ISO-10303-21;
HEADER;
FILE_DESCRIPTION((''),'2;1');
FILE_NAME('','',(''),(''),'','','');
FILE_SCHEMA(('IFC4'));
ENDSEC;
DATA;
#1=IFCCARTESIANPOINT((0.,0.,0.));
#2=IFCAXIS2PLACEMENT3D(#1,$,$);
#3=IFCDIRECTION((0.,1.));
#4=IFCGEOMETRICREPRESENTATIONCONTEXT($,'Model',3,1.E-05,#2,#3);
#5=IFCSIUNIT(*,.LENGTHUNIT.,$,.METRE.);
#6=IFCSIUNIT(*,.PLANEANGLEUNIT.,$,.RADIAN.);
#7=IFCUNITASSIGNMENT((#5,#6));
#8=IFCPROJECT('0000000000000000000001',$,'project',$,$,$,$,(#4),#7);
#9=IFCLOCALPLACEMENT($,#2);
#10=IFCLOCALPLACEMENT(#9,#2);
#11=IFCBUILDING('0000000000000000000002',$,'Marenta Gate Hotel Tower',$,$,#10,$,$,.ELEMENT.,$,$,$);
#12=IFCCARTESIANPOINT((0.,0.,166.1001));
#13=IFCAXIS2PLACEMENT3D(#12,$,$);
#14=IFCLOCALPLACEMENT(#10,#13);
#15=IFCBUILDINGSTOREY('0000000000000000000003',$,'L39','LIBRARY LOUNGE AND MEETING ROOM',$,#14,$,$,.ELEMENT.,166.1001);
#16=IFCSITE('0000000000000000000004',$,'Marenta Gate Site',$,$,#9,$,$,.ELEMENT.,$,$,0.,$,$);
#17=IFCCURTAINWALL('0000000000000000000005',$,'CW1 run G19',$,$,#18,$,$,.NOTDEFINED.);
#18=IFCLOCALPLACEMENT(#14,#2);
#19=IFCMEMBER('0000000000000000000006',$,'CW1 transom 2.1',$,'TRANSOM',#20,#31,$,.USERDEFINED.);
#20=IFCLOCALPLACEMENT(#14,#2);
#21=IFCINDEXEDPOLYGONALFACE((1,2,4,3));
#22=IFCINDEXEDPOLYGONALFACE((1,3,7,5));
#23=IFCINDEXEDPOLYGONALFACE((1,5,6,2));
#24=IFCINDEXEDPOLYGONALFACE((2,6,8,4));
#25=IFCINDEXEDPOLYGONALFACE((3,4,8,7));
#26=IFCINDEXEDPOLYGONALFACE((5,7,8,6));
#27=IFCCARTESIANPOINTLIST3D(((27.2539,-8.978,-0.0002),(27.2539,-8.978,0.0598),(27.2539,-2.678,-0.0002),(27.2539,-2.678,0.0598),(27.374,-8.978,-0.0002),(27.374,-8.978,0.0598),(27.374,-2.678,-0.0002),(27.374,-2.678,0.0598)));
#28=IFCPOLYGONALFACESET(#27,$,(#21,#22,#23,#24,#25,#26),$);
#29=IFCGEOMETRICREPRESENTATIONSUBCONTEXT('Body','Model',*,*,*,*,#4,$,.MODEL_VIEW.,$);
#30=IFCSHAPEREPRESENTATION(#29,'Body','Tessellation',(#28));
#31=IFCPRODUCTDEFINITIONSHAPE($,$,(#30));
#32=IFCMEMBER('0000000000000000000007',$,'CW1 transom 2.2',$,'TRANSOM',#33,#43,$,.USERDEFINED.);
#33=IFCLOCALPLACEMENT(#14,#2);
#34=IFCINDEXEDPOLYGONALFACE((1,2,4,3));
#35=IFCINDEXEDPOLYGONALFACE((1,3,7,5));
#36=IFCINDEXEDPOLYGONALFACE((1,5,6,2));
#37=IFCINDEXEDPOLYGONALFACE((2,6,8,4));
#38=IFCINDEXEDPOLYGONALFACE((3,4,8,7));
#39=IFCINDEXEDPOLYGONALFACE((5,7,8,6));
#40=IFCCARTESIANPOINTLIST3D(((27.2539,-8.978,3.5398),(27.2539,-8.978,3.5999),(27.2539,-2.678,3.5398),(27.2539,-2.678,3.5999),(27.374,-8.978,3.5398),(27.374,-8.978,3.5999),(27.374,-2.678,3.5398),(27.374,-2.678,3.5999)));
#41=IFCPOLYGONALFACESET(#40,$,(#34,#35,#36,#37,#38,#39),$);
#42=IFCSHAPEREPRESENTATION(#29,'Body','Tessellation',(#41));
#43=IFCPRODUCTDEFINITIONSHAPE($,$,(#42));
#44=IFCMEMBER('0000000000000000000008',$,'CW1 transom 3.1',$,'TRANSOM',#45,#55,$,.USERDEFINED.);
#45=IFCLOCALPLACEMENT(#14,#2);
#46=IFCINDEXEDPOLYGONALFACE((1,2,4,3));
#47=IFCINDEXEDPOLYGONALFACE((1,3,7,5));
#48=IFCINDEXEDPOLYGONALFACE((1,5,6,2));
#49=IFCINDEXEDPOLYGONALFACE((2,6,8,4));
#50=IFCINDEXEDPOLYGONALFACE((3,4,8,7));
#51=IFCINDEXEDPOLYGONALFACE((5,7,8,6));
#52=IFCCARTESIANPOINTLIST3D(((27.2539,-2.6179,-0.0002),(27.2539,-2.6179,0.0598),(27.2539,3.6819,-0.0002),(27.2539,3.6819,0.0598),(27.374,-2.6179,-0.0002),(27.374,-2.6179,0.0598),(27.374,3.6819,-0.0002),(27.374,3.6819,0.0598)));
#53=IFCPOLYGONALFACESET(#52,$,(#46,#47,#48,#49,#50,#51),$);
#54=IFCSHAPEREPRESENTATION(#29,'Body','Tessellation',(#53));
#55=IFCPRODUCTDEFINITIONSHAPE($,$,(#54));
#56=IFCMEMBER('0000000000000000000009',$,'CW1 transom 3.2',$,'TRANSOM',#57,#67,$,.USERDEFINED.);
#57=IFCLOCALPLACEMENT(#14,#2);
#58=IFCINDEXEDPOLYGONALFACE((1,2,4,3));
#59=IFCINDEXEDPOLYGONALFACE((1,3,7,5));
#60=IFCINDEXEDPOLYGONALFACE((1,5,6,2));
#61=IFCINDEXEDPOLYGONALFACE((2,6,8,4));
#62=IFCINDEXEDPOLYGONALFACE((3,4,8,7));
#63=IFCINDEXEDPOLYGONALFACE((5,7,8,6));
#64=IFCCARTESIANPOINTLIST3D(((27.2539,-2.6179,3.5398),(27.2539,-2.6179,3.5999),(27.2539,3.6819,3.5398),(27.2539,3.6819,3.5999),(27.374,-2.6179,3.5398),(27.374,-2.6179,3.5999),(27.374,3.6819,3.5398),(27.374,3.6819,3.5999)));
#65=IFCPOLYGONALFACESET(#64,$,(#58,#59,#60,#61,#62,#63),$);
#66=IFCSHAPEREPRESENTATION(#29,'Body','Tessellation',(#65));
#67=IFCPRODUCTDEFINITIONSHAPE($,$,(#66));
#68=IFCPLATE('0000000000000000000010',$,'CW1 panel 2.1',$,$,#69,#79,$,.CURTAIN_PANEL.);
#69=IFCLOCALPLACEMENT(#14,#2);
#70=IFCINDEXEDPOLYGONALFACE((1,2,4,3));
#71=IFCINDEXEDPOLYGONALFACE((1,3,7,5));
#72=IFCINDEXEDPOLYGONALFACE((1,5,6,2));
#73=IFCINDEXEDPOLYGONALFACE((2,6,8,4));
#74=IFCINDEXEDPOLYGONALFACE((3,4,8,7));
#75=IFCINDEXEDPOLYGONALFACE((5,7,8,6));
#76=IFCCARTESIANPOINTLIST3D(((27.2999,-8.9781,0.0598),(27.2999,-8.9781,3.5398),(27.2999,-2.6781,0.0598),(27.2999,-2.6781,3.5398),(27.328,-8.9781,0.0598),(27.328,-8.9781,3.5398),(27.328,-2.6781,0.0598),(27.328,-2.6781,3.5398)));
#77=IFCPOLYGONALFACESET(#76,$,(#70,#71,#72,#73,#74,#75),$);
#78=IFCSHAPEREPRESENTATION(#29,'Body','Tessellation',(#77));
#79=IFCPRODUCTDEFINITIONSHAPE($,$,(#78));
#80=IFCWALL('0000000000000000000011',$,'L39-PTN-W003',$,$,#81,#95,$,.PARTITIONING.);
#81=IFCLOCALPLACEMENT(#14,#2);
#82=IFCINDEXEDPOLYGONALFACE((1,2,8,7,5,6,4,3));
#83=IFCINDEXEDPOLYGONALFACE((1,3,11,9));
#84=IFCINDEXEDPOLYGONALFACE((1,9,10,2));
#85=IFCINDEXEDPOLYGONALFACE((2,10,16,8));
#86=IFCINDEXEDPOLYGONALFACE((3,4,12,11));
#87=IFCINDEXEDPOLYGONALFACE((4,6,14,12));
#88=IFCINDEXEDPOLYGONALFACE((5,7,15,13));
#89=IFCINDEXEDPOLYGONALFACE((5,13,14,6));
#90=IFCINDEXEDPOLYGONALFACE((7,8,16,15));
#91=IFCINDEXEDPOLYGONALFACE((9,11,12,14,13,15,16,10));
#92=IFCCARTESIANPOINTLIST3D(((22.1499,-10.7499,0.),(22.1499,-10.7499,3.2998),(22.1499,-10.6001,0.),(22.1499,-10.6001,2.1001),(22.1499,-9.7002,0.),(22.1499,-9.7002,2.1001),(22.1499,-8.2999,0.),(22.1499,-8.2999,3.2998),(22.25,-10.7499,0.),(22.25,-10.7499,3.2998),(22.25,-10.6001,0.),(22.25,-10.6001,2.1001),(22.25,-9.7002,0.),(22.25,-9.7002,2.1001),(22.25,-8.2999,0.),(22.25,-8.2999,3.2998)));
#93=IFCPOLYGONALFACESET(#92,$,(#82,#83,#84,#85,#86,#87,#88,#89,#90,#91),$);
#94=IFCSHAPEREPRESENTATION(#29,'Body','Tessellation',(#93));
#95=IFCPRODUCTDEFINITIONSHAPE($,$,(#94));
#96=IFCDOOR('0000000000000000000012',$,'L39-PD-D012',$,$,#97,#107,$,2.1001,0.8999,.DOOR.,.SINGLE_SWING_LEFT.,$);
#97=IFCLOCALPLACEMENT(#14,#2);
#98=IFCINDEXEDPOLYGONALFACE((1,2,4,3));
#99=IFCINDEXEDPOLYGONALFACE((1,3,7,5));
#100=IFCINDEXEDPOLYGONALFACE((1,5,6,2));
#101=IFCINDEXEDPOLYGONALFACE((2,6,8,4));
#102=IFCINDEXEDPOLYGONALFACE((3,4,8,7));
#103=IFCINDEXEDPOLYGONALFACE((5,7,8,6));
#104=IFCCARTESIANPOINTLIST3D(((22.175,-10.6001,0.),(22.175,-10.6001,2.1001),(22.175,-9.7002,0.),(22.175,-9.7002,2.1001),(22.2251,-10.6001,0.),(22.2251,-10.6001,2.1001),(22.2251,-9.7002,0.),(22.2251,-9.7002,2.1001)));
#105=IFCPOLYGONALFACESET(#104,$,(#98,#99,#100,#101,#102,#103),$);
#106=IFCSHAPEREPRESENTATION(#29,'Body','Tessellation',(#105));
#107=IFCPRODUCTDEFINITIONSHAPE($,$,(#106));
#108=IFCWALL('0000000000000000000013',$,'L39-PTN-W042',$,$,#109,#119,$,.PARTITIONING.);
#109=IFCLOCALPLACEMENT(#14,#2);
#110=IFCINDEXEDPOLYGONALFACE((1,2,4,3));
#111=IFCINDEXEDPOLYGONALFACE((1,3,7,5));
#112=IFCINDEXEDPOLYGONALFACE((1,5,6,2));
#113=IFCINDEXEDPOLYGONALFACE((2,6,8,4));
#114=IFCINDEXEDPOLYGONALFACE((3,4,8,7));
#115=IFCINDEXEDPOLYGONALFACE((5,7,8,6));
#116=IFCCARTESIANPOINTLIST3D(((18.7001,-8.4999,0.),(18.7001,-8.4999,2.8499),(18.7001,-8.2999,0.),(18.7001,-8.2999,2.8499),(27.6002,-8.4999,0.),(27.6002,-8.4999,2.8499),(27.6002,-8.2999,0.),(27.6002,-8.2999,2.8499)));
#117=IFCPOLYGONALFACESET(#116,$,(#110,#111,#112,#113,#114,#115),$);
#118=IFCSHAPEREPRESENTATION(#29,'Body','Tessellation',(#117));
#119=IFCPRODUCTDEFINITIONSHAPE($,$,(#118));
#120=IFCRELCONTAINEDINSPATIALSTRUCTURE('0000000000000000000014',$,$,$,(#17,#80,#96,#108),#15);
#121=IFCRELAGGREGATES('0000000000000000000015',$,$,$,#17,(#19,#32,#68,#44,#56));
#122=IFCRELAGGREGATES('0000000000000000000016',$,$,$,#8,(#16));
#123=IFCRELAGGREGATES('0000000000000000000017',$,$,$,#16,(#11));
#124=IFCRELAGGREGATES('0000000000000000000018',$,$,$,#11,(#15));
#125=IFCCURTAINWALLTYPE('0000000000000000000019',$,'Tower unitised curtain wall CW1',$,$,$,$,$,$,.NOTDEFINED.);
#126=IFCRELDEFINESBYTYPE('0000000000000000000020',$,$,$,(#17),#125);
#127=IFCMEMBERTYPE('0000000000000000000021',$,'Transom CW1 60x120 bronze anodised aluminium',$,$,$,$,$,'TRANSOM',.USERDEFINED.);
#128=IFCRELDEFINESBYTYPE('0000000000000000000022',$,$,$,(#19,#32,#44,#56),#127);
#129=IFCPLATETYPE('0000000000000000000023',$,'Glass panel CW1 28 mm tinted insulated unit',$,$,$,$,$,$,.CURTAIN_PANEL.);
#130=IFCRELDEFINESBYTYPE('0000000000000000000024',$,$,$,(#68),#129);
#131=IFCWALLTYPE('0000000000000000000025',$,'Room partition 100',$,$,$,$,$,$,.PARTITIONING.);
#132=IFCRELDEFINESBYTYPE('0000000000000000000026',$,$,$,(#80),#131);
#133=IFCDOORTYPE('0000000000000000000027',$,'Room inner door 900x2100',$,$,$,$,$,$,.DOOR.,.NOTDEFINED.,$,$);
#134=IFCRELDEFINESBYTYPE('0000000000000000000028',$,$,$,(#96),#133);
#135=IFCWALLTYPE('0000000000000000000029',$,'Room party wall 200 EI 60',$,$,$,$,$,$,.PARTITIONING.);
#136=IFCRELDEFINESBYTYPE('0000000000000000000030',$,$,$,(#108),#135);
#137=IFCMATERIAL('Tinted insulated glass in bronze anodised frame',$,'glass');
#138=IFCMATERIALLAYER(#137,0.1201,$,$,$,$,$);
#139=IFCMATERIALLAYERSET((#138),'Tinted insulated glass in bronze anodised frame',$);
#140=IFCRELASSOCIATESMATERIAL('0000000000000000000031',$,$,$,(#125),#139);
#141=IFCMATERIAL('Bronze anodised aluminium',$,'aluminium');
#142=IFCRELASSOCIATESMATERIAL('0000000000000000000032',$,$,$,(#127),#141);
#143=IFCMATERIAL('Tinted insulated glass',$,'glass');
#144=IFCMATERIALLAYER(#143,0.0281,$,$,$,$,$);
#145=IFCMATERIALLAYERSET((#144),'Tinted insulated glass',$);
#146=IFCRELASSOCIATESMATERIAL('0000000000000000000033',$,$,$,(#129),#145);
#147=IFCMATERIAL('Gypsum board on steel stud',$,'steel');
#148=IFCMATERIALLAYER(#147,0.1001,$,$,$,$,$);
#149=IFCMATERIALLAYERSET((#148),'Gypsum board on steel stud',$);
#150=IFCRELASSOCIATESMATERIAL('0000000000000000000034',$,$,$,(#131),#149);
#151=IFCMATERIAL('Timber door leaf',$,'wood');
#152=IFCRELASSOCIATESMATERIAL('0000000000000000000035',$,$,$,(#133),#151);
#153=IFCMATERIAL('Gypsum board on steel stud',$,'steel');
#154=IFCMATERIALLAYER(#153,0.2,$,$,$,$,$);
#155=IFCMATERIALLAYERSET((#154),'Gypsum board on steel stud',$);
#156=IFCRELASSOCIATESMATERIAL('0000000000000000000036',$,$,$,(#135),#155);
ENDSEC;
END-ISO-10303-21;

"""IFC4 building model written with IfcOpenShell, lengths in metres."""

from ifc_helpers import new_model, si_unit, direction, frame, frame_2d, origin, origin_2d, place, context, subcontext, project, spatial, rectangle, extrude, material, layer, layer_set, material_profile, profile_set, type_object, element, fill, aggregate, save


model = new_model("IFC4")

# Units and contexts
model_context = context("Model", 3, precision=1e-05, world=origin(), true_north=direction((0.0, 1.0)))
body_context = subcontext(model_context, "Body", "Model", "MODEL_VIEW")
ifc_project = project(units=[si_unit("LENGTHUNIT", "METRE"), si_unit("PLANEANGLEUNIT", "RADIAN")], contexts=[model_context])

# Site, building, storey
site_placement = place(None, origin())
site = spatial("IfcSite", under=ifc_project, at=site_placement, Name="Marenta Gate Site", CompositionType="ELEMENT", RefElevation=0.0)
building_placement = place(site_placement, origin())
building = spatial("IfcBuilding", under=site, at=building_placement, Name="Marenta Gate Hotel Tower", CompositionType="ELEMENT")
storey_placement = place(building_placement, frame((0.0, 0.0, 166.1001)))
storey = spatial("IfcBuildingStorey", under=building, at=storey_placement, Name="L39", Description="LIBRARY LOUNGE AND MEETING ROOM", CompositionType="ELEMENT", Elevation=166.1001)

# Curtain wall, members, plate
ifc_material_1 = material(Name="Tinted insulated glass in bronze anodised frame", Category="glass")
ifc_layer_1 = layer(ifc_material_1, 0.1201)
ifc_layer_set_1 = layer_set([ifc_layer_1], Name="Tinted insulated glass in bronze anodised frame")
curtain_wall_type = type_object("IfcCurtainWallType", Name="Tower unitised curtain wall CW1", PredefinedType="NOTDEFINED", material=ifc_layer_set_1)
curtain_wall_placement = place(storey_placement, origin())
curtain_wall = element("IfcCurtainWall", 1, at=curtain_wall_placement, inside=storey, type_object=curtain_wall_type, Name="CW1 run G19", PredefinedType="NOTDEFINED")
ifc_material_2 = material(Name="Bronze anodised aluminium", Category="aluminium")
ifc_material_profile_1 = material_profile(ifc_material_2, rectangle(XDim=0.1201, YDim=0.0601, at=origin_2d()), Name="Transom CW1 60x120 bronze anodised aluminium")
ifc_profile_set_1 = profile_set([ifc_material_profile_1], Name="Bronze anodised aluminium")
member_type_1 = type_object("IfcMemberType", Name="Transom CW1 60x120 bronze anodised aluminium", ElementType="TRANSOM", PredefinedType="USERDEFINED", material=ifc_profile_set_1)
member_1_placement = place(storey_placement, frame((27.314, -8.978, 0.0298), z_axis=(0.0, 1.0, 0.0), x_axis=(-1.0, 0.0, 0.0)))
member_1 = element("IfcMember", 2, at=member_1_placement, type_object=member_type_1, Name="CW1 transom 2.1", ObjectType="TRANSOM", PredefinedType="USERDEFINED", context=body_context, shape_type="SweptSolid", body=[
    extrude(rectangle(XDim=0.1201, YDim=0.0601, at=origin_2d()), origin(), (0.0, 0.0, 1.0), 6.3),
])
member_2_placement = place(storey_placement, frame((27.314, -8.978, 3.5698), z_axis=(0.0, 1.0, 0.0), x_axis=(-1.0, 0.0, 0.0)))
member_2 = element("IfcMember", 3, at=member_2_placement, type_object=member_type_1, Name="CW1 transom 2.2", ObjectType="TRANSOM", PredefinedType="USERDEFINED", context=body_context, shape_type="SweptSolid", body=[
    extrude(rectangle(XDim=0.1201, YDim=0.0601, at=origin_2d()), origin(), (0.0, 0.0, 1.0), 6.3),
])
member_3_placement = place(storey_placement, frame((27.314, -2.6179, 0.0298), z_axis=(0.0, 1.0, 0.0), x_axis=(-1.0, 0.0, 0.0)))
member_3 = element("IfcMember", 4, at=member_3_placement, type_object=member_type_1, Name="CW1 transom 3.1", ObjectType="TRANSOM", PredefinedType="USERDEFINED", context=body_context, shape_type="SweptSolid", body=[
    extrude(rectangle(XDim=0.1201, YDim=0.0601, at=origin_2d()), origin(), (0.0, 0.0, 1.0), 6.2998),
])
member_4_placement = place(storey_placement, frame((27.314, -2.6179, 3.5698), z_axis=(0.0, 1.0, 0.0), x_axis=(-1.0, 0.0, 0.0)))
member_4 = element("IfcMember", 5, at=member_4_placement, type_object=member_type_1, Name="CW1 transom 3.2", ObjectType="TRANSOM", PredefinedType="USERDEFINED", context=body_context, shape_type="SweptSolid", body=[
    extrude(rectangle(XDim=0.1201, YDim=0.0601, at=origin_2d()), origin(), (0.0, 0.0, 1.0), 6.2998),
])
ifc_material_3 = material(Name="Tinted insulated glass", Category="glass")
ifc_layer_2 = layer(ifc_material_3, 0.0281)
ifc_layer_set_2 = layer_set([ifc_layer_2], Name="Tinted insulated glass")
plate_type = type_object("IfcPlateType", Name="Glass panel CW1 28 mm tinted insulated unit", PredefinedType="CURTAIN_PANEL", material=ifc_layer_set_2)
plate_placement = place(storey_placement, frame((27.314, -5.8281, 0.0598), z_axis=(0.0, 0.0, 1.0), x_axis=(0.0, 1.0, 0.0)))
plate = element("IfcPlate", 6, at=plate_placement, type_object=plate_type, Name="CW1 panel 2.1", PredefinedType="CURTAIN_PANEL", context=body_context, shape_type="SweptSolid", body=[
    extrude(rectangle(XDim=6.3, YDim=0.0281, at=origin_2d()), origin(), (0.0, 0.0, 1.0), 3.48),
])
aggregate(curtain_wall, [member_1, member_2, plate, member_3, member_4])

# Wall, opening, door
ifc_material_4 = material(Name="Gypsum board on steel stud", Category="steel")
ifc_layer_3 = layer(ifc_material_4, 0.1001)
ifc_layer_set_3 = layer_set([ifc_layer_3], Name="Gypsum board on steel stud")
wall_type_1 = type_object("IfcWallType", Name="Room partition 100", PredefinedType="PARTITIONING", material=ifc_layer_set_3)
wall_1_placement = place(storey_placement, frame((22.2, -10.75, 0.0), z_axis=(0.0, 0.0, 1.0), x_axis=(0.0, 1.0, 0.0)))
wall_1 = element("IfcWall", 7, at=wall_1_placement, inside=storey, type_object=wall_type_1, Name="L39-PTN-W003", PredefinedType="PARTITIONING", context=body_context, shape_type="SweptSolid", body=[
    extrude(rectangle(XDim=2.45, YDim=0.1001, at=frame_2d((1.2251, 0.0))), origin(), (0.0, 0.0, 1.0), 3.2998),
])
opening_1_placement = place(wall_1_placement, frame((0.1499, 0.0, 0.0)))
opening_1 = element("IfcOpeningElement", 8, at=opening_1_placement, cuts=wall_1, PredefinedType="OPENING", context=body_context, shape_type="SweptSolid", body=[
    extrude(rectangle(XDim=0.8999, YDim=2.1001, at=frame_2d((0.45, 1.05))), frame((0.0, 0.05, 0.0), z_axis=(0.0, -1.0, 0.0), x_axis=(1.0, 0.0, 0.0)), (0.0, 0.0, 1.0), 0.1001),
])
ifc_material_5 = material(Name="Timber door leaf", Category="wood")
door_type_1 = type_object("IfcDoorType", Name="Room inner door 900x2100", OperationType="NOTDEFINED", PredefinedType="DOOR", material=ifc_material_5)
door_1_placement = place(opening_1_placement, origin())
door_1 = element("IfcDoor", 9, at=door_1_placement, inside=storey, type_object=door_type_1, Name="L39-PD-D012", OperationType="SINGLE_SWING_LEFT", OverallHeight=2.1001, OverallWidth=0.8999, PredefinedType="DOOR", context=body_context, shape_type="SweptSolid", body=[
    extrude(rectangle(XDim=0.8999, YDim=2.1001, at=frame_2d((0.45, 1.05))), frame((0.0, 0.0249, 0.0), z_axis=(0.0, -1.0, 0.0), x_axis=(1.0, 0.0, 0.0)), (0.0, 0.0, 1.0), 0.05),
])
fill(opening_1, door_1)

# Wall
ifc_material_6 = material(Name="Gypsum board on steel stud", Category="steel")
ifc_layer_4 = layer(ifc_material_6, 0.2)
ifc_layer_set_4 = layer_set([ifc_layer_4], Name="Gypsum board on steel stud")
wall_type_2 = type_object("IfcWallType", Name="Room party wall 200 EI 60", PredefinedType="PARTITIONING", material=ifc_layer_set_4)
wall_2_placement = place(storey_placement, frame((18.7, -8.3999, 0.0), z_axis=(0.0, 0.0, 1.0), x_axis=(1.0, 0.0, 0.0)))
element("IfcWall", 10, at=wall_2_placement, inside=storey, type_object=wall_type_2, Name="L39-PTN-W042", PredefinedType="PARTITIONING", context=body_context, shape_type="SweptSolid", body=[
    extrude(rectangle(XDim=8.9001, YDim=0.2, at=frame_2d((4.4502, 0.0))), origin(), (0.0, 0.0, 1.0), 2.8499),
])

save(model, "model.ifc")
